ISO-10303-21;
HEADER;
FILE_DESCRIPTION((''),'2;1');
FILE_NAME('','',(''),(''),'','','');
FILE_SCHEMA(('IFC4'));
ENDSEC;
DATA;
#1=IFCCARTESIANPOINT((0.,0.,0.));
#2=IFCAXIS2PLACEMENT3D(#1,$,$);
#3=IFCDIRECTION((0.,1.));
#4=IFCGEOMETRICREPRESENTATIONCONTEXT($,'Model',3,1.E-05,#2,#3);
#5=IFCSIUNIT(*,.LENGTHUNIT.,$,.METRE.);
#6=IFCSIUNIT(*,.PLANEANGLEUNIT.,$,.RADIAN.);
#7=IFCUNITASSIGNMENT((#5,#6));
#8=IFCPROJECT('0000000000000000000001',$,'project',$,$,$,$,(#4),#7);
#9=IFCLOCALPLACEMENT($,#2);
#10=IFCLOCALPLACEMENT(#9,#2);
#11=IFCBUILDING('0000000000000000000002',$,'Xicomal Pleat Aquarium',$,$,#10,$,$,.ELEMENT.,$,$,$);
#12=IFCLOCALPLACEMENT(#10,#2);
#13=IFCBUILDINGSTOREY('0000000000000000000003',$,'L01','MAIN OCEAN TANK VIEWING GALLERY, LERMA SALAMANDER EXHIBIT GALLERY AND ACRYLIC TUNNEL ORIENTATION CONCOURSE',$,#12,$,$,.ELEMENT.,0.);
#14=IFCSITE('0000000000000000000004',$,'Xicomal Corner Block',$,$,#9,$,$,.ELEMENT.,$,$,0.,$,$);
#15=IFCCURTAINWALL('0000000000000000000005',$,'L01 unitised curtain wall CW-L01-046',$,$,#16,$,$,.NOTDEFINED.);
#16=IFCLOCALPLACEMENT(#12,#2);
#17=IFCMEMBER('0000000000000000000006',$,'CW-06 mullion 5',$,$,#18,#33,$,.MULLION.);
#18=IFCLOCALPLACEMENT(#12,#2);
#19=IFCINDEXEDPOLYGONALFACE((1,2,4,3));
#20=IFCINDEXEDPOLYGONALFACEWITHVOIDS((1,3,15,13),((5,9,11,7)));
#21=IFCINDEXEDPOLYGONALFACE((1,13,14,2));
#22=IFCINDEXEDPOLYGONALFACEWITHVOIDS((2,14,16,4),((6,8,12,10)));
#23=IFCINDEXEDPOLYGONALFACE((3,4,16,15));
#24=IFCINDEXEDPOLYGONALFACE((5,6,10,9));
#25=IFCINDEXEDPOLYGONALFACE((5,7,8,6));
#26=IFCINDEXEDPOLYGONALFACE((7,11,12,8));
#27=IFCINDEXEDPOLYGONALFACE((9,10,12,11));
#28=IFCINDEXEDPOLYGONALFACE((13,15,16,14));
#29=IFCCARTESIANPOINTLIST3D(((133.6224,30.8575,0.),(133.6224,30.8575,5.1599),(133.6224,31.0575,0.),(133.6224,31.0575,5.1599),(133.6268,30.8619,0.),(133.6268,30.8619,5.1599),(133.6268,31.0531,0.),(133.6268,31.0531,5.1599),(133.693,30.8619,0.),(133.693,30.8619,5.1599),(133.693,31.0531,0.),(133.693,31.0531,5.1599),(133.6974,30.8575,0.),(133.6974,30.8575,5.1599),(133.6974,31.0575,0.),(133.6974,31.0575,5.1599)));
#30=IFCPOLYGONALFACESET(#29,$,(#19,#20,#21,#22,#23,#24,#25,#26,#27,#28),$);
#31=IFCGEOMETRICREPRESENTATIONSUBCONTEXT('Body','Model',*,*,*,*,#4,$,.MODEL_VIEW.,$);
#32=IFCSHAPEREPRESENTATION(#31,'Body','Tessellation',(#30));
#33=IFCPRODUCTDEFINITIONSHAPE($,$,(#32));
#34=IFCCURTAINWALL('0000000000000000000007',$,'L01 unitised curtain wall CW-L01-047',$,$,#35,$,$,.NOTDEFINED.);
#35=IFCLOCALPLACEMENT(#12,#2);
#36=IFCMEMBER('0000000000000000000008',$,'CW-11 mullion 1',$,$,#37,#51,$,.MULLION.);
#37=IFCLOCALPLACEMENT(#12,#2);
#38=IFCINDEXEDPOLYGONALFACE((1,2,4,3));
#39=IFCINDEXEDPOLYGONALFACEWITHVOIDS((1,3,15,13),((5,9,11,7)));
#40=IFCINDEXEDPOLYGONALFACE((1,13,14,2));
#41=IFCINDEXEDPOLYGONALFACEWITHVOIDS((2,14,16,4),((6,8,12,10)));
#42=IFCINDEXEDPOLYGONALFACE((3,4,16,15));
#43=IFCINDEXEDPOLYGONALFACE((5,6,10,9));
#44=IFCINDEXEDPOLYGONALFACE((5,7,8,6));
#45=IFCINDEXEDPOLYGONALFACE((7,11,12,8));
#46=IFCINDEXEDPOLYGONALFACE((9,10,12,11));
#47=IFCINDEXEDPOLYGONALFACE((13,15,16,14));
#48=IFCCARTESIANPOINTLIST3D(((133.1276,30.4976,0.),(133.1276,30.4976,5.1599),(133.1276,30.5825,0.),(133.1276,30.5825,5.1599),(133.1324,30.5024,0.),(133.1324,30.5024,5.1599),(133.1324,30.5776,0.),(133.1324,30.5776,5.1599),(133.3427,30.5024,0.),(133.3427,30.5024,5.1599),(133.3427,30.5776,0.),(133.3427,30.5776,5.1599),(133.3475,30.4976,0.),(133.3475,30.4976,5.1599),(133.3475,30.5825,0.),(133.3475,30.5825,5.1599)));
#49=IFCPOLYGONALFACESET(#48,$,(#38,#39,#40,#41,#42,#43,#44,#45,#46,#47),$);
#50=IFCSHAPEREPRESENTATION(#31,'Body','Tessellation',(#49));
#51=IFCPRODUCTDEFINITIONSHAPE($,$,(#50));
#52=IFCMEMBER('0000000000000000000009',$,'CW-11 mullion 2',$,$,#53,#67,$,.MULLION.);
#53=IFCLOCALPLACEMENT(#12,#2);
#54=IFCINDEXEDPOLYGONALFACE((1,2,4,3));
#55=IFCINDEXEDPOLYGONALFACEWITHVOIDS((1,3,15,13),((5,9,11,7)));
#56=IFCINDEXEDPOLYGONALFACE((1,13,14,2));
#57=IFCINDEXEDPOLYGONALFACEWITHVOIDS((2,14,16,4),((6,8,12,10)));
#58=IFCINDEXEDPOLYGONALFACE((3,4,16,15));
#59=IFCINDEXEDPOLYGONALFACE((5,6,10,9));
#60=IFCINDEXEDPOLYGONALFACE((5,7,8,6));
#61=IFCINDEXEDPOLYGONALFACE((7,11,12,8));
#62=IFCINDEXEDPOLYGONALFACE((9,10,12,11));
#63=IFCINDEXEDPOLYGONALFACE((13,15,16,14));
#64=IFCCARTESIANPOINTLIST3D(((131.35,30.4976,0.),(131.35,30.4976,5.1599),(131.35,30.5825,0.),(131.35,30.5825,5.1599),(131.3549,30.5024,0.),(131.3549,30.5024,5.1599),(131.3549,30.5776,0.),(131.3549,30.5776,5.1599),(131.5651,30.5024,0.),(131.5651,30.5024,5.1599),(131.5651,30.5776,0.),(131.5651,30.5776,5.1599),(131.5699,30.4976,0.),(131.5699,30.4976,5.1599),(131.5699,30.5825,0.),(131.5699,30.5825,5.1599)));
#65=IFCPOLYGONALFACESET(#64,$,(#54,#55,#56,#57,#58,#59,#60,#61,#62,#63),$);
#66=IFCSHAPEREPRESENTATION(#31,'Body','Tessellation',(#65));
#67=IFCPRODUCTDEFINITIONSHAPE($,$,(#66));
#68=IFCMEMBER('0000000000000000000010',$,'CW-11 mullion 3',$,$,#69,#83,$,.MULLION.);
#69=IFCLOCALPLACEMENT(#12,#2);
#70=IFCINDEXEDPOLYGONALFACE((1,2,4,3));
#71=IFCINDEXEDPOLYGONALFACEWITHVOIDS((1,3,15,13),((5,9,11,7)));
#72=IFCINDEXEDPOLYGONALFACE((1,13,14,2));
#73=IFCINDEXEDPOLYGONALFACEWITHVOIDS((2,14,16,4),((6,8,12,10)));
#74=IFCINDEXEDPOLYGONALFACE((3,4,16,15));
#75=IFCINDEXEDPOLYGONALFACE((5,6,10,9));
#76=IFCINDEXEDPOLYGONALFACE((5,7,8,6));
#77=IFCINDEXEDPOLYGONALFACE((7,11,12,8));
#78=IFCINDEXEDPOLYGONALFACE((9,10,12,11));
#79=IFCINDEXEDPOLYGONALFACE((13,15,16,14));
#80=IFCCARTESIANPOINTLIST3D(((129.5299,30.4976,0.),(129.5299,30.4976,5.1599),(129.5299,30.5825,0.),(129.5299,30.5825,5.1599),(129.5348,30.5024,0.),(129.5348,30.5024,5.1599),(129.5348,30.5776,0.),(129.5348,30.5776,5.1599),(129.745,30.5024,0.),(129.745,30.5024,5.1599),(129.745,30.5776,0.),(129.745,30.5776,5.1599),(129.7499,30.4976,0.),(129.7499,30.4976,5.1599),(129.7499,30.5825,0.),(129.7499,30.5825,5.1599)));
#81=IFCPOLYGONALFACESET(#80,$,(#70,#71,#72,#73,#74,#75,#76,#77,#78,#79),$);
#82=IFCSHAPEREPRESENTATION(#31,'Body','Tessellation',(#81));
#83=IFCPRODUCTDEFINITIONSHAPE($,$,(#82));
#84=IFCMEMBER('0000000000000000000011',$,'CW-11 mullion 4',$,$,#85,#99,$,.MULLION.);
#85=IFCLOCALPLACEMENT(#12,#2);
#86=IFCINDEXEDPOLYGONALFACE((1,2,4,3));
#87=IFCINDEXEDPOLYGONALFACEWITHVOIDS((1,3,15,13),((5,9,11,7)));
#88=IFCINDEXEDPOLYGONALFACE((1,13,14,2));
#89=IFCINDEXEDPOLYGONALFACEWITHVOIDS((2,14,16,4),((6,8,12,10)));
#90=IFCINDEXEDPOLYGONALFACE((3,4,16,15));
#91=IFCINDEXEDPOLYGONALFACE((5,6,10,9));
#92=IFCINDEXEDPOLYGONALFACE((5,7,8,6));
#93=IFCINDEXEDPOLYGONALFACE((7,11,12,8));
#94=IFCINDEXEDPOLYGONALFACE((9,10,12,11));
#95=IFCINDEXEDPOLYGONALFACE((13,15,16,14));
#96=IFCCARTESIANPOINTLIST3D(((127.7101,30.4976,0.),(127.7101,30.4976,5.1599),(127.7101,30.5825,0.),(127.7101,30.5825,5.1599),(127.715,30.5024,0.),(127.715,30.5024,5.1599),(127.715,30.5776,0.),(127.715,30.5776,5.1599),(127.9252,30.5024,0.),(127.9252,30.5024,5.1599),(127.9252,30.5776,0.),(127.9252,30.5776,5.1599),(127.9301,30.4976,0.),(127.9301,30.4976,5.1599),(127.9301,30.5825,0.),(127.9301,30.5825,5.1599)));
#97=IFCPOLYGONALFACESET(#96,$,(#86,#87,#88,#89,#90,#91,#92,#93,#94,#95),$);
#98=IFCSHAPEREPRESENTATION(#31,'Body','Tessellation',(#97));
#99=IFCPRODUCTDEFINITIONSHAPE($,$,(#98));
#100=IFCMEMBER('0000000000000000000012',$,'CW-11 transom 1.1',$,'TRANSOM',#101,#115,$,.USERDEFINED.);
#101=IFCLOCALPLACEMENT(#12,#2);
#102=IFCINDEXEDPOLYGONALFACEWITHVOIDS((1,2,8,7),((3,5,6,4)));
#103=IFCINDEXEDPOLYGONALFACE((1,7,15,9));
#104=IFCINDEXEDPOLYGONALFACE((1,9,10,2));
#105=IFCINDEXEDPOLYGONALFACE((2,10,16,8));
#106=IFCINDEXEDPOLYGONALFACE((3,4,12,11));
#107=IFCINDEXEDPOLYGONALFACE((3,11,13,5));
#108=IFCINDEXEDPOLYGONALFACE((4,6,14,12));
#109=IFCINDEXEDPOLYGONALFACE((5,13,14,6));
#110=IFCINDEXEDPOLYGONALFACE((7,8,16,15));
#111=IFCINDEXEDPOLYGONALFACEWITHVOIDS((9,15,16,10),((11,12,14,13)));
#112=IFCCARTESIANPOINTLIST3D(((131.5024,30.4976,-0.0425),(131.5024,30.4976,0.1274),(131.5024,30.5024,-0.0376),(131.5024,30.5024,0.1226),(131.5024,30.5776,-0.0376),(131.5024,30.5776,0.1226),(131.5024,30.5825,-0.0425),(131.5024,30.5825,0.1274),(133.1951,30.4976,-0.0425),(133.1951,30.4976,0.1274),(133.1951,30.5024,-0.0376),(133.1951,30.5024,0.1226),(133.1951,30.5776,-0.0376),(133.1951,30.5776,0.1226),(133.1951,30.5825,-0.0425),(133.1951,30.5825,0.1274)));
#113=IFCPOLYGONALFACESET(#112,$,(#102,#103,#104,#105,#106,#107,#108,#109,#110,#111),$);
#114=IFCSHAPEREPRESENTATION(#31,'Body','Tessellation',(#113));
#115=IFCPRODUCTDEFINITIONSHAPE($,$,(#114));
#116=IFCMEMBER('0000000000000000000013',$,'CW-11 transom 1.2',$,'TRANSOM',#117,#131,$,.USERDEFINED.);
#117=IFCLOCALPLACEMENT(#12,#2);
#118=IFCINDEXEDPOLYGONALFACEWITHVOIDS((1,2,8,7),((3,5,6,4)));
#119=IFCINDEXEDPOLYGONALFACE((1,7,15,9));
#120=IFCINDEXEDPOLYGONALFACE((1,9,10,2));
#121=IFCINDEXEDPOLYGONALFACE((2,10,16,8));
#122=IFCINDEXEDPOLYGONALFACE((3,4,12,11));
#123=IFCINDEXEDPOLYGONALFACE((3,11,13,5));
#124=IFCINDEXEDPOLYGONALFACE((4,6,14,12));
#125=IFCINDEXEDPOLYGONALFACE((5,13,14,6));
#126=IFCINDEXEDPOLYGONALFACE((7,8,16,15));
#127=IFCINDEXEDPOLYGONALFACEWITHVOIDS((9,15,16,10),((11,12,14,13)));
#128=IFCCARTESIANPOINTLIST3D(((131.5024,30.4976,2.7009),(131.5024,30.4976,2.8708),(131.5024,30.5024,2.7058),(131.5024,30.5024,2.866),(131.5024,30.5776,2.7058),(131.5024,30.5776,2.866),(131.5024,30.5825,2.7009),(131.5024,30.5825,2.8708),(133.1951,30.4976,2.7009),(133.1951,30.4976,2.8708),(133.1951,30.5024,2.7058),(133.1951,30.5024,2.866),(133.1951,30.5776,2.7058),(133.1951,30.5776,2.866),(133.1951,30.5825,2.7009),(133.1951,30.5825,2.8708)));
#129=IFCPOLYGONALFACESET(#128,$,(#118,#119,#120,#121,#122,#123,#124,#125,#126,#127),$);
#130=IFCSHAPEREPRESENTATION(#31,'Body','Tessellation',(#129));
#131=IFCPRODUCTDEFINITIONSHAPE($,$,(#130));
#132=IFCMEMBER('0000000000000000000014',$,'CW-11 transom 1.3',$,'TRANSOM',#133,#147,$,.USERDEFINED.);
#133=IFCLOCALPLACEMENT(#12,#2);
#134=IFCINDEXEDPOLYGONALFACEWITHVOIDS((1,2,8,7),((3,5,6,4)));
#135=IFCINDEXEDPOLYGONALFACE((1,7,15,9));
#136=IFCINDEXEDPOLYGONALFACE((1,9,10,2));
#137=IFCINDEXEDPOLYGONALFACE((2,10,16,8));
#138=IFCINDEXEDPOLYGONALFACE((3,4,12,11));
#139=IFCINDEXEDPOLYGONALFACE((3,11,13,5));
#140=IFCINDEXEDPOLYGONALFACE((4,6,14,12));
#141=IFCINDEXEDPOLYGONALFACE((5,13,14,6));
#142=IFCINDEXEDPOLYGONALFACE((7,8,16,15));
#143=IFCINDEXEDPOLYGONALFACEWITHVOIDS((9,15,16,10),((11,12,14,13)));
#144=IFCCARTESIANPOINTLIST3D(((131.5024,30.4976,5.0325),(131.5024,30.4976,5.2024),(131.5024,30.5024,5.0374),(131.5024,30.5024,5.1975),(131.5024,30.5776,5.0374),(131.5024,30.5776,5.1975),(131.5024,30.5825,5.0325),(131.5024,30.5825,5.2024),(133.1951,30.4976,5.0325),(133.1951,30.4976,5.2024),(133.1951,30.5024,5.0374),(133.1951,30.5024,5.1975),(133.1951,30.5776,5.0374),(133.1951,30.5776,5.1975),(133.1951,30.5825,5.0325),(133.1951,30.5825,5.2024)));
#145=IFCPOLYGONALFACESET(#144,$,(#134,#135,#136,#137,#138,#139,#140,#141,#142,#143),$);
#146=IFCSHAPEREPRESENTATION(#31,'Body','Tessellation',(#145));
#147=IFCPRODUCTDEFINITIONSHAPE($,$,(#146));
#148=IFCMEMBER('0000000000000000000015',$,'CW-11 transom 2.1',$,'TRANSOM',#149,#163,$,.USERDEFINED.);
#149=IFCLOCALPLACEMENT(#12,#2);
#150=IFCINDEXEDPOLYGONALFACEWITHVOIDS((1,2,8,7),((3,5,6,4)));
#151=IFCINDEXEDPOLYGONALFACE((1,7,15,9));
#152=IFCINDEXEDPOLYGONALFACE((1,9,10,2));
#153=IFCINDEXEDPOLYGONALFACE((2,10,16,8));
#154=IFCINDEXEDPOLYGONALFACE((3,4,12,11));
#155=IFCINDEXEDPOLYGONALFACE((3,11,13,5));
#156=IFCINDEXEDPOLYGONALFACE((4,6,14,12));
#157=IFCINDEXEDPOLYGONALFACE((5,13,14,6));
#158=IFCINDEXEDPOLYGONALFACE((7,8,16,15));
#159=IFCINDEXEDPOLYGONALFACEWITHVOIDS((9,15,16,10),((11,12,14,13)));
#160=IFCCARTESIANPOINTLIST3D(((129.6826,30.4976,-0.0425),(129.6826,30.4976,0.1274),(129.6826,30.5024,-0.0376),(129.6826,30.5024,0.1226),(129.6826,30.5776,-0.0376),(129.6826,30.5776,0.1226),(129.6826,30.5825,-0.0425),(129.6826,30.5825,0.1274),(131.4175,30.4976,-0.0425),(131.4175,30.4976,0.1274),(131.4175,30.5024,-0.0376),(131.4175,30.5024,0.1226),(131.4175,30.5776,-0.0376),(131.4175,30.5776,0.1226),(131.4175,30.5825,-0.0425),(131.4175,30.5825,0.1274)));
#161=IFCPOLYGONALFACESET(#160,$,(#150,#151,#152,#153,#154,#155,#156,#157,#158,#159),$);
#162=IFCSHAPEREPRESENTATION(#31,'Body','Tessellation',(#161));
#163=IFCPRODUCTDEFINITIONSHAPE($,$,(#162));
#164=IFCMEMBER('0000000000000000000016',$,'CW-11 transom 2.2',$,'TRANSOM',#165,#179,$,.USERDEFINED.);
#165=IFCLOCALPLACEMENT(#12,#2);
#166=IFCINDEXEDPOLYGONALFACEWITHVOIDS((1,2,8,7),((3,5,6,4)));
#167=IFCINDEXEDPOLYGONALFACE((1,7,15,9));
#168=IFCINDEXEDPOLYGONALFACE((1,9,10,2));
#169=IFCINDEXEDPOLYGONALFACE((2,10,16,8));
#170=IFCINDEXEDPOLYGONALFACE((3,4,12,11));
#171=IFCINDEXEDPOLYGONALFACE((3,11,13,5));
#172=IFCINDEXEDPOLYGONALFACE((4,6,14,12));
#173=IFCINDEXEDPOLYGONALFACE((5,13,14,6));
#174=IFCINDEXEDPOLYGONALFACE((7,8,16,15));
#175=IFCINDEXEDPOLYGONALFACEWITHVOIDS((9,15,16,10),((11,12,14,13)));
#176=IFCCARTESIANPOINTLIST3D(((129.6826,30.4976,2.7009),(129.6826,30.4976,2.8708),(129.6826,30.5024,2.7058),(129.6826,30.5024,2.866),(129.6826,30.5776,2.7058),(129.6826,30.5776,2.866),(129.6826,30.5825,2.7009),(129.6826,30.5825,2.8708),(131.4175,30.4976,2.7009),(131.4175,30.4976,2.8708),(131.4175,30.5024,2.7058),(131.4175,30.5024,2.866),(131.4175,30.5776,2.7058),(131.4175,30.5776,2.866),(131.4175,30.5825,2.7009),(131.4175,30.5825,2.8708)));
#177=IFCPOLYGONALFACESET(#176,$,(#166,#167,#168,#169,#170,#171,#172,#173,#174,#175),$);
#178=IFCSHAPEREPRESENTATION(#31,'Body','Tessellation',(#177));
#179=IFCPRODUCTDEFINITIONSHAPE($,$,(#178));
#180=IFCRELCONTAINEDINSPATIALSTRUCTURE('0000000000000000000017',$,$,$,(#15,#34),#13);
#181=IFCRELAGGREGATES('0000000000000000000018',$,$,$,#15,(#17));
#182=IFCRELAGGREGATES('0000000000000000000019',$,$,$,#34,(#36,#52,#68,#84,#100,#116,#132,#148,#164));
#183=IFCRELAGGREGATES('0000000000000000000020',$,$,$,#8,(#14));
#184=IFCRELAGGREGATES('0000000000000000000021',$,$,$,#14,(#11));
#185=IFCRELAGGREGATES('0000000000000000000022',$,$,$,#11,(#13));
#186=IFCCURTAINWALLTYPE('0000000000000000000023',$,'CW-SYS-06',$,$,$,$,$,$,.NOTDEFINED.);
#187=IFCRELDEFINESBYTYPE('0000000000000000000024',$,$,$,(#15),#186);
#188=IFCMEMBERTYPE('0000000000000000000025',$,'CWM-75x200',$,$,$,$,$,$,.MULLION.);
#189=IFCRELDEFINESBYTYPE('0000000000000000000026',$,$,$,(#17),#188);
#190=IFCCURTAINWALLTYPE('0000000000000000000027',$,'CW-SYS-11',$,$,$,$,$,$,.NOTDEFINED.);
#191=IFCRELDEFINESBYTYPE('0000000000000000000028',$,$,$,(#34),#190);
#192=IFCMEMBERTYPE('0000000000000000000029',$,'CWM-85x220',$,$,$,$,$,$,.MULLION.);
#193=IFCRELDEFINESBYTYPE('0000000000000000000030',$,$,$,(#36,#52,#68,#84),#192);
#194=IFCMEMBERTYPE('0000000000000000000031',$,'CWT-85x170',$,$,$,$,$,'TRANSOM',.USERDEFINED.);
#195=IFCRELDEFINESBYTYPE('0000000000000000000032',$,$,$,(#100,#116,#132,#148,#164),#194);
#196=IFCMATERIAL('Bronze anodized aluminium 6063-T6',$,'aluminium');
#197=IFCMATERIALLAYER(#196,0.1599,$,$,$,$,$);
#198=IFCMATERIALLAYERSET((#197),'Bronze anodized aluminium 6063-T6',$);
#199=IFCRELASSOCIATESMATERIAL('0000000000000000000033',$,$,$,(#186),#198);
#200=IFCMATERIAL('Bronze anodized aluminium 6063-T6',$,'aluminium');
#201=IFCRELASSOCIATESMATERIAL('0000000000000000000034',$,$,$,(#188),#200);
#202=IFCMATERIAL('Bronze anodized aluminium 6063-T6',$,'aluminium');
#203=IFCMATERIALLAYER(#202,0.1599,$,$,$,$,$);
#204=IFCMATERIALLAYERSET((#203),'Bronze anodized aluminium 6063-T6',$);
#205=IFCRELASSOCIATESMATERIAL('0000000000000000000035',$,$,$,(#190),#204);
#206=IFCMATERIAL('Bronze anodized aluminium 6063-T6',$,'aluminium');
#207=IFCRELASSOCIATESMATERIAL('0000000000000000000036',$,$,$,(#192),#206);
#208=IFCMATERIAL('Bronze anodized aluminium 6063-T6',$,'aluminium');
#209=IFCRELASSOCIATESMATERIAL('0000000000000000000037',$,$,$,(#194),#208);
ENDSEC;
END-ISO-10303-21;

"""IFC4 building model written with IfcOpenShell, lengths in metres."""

from ifc_helpers import new_model, si_unit, direction, frame, origin, origin_2d, place, context, subcontext, project, spatial, hollow_rectangle, extrude, material, layer, layer_set, material_profile, profile_set, type_object, element, aggregate, save


model = new_model("IFC4")

# Units and contexts
model_context = context("Model", 3, precision=1e-05, world=origin(), true_north=direction((0.0, 1.0)))
body_context = subcontext(model_context, "Body", "Model", "MODEL_VIEW")
ifc_project = project(units=[si_unit("LENGTHUNIT", "METRE"), si_unit("PLANEANGLEUNIT", "RADIAN")], contexts=[model_context])

# Site, building, storey
site_placement = place(None, origin())
site = spatial("IfcSite", under=ifc_project, at=site_placement, Name="Xicomal Corner Block", CompositionType="ELEMENT", RefElevation=0.0)
building_placement = place(site_placement, origin())
building = spatial("IfcBuilding", under=site, at=building_placement, Name="Xicomal Pleat Aquarium", CompositionType="ELEMENT")
storey_placement = place(building_placement, origin())
storey = spatial("IfcBuildingStorey", under=building, at=storey_placement, Name="L01", Description="MAIN OCEAN TANK VIEWING GALLERY, LERMA SALAMANDER EXHIBIT GALLERY AND ACRYLIC TUNNEL ORIENTATION CONCOURSE", CompositionType="ELEMENT", Elevation=0.0)

# Curtain wall, member
ifc_material_1 = material(Name="Bronze anodized aluminium 6063-T6", Category="aluminium")
ifc_layer_1 = layer(ifc_material_1, 0.1599)
ifc_layer_set_1 = layer_set([ifc_layer_1], Name="Bronze anodized aluminium 6063-T6")
curtain_wall_type_1 = type_object("IfcCurtainWallType", Name="CW-SYS-06", PredefinedType="NOTDEFINED", material=ifc_layer_set_1)
curtain_wall_1_placement = place(storey_placement, origin())
curtain_wall_1 = element("IfcCurtainWall", 1, at=curtain_wall_1_placement, inside=storey, type_object=curtain_wall_type_1, Name="L01 unitised curtain wall CW-L01-046", PredefinedType="NOTDEFINED")
ifc_material_2 = material(Name="Bronze anodized aluminium 6063-T6", Category="aluminium")
ifc_material_profile_1 = material_profile(ifc_material_2, hollow_rectangle(XDim=0.075, YDim=0.2, WallThickness=0.0044, at=origin_2d()), Name="ALU MULL 75x200")
ifc_profile_set_1 = profile_set([ifc_material_profile_1], Name="Bronze anodized aluminium 6063-T6")
member_type_1 = type_object("IfcMemberType", Name="CWM-75x200", PredefinedType="MULLION", material=ifc_profile_set_1)
member_1_placement = place(storey_placement, frame((133.6599, 30.9575, 0.0), z_axis=(0.0, 0.0, 1.0), x_axis=(1.0, 0.0, 0.0)))
member_1 = element("IfcMember", 2, at=member_1_placement, type_object=member_type_1, Name="CW-06 mullion 5", PredefinedType="MULLION", context=body_context, shape_type="SweptSolid", body=[
    extrude(hollow_rectangle(XDim=0.075, YDim=0.2, WallThickness=0.0044, at=origin_2d()), origin(), (0.0, 0.0, 1.0), 5.1599),
])

# Curtain wall, members
ifc_material_3 = material(Name="Bronze anodized aluminium 6063-T6", Category="aluminium")
ifc_layer_2 = layer(ifc_material_3, 0.1599)
ifc_layer_set_2 = layer_set([ifc_layer_2], Name="Bronze anodized aluminium 6063-T6")
curtain_wall_type_2 = type_object("IfcCurtainWallType", Name="CW-SYS-11", PredefinedType="NOTDEFINED", material=ifc_layer_set_2)
curtain_wall_2_placement = place(storey_placement, origin())
curtain_wall_2 = element("IfcCurtainWall", 3, at=curtain_wall_2_placement, inside=storey, type_object=curtain_wall_type_2, Name="L01 unitised curtain wall CW-L01-047", PredefinedType="NOTDEFINED")
ifc_material_4 = material(Name="Bronze anodized aluminium 6063-T6", Category="aluminium")
ifc_material_profile_2 = material_profile(ifc_material_4, hollow_rectangle(XDim=0.085, YDim=0.22, WallThickness=0.0049, at=origin_2d()), Name="ALU MULL 85x220")
ifc_profile_set_2 = profile_set([ifc_material_profile_2], Name="Bronze anodized aluminium 6063-T6")
member_type_2 = type_object("IfcMemberType", Name="CWM-85x220", PredefinedType="MULLION", material=ifc_profile_set_2)
member_2_placement = place(storey_placement, frame((133.2375, 30.54, 0.0), z_axis=(0.0, 0.0, 1.0), x_axis=(0.0, -1.0, 0.0)))
member_2 = element("IfcMember", 4, at=member_2_placement, type_object=member_type_2, Name="CW-11 mullion 1", PredefinedType="MULLION", context=body_context, shape_type="SweptSolid", body=[
    extrude(hollow_rectangle(XDim=0.085, YDim=0.22, WallThickness=0.0049, at=origin_2d()), origin(), (0.0, 0.0, 1.0), 5.1599),
])
member_3_placement = place(storey_placement, frame((131.46, 30.54, 0.0), z_axis=(0.0, 0.0, 1.0), x_axis=(0.0, -1.0, 0.0)))
member_3 = element("IfcMember", 5, at=member_3_placement, type_object=member_type_2, Name="CW-11 mullion 2", PredefinedType="MULLION", context=body_context, shape_type="SweptSolid", body=[
    extrude(hollow_rectangle(XDim=0.085, YDim=0.22, WallThickness=0.0049, at=origin_2d()), origin(), (0.0, 0.0, 1.0), 5.1599),
])
member_4_placement = place(storey_placement, frame((129.6399, 30.54, 0.0), z_axis=(0.0, 0.0, 1.0), x_axis=(0.0, -1.0, 0.0)))
member_4 = element("IfcMember", 6, at=member_4_placement, type_object=member_type_2, Name="CW-11 mullion 3", PredefinedType="MULLION", context=body_context, shape_type="SweptSolid", body=[
    extrude(hollow_rectangle(XDim=0.085, YDim=0.22, WallThickness=0.0049, at=origin_2d()), origin(), (0.0, 0.0, 1.0), 5.1599),
])
member_5_placement = place(storey_placement, frame((127.8201, 30.54, 0.0), z_axis=(0.0, 0.0, 1.0), x_axis=(0.0, -1.0, 0.0)))
member_5 = element("IfcMember", 7, at=member_5_placement, type_object=member_type_2, Name="CW-11 mullion 4", PredefinedType="MULLION", context=body_context, shape_type="SweptSolid", body=[
    extrude(hollow_rectangle(XDim=0.085, YDim=0.22, WallThickness=0.0049, at=origin_2d()), origin(), (0.0, 0.0, 1.0), 5.1599),
])
ifc_material_5 = material(Name="Bronze anodized aluminium 6063-T6", Category="aluminium")
ifc_material_profile_3 = material_profile(ifc_material_5, hollow_rectangle(XDim=0.085, YDim=0.1699, WallThickness=0.0049, at=origin_2d()), Name="ALU TRAN 85x170")
ifc_profile_set_3 = profile_set([ifc_material_profile_3], Name="Bronze anodized aluminium 6063-T6")
member_type_3 = type_object("IfcMemberType", Name="CWT-85x170", ElementType="TRANSOM", PredefinedType="USERDEFINED", material=ifc_profile_set_3)
member_6_placement = place(storey_placement, frame((133.1951, 30.54, 0.0425), z_axis=(-1.0, 0.0, 0.0), x_axis=(0.0, -1.0, 0.0)))
member_6 = element("IfcMember", 8, at=member_6_placement, type_object=member_type_3, Name="CW-11 transom 1.1", ObjectType="TRANSOM", PredefinedType="USERDEFINED", context=body_context, shape_type="SweptSolid", body=[
    extrude(hollow_rectangle(XDim=0.085, YDim=0.1699, WallThickness=0.0049, at=origin_2d()), origin(), (0.0, 0.0, 1.0), 1.6926),
])
member_7_placement = place(storey_placement, frame((133.1951, 30.54, 2.7859), z_axis=(-1.0, 0.0, 0.0), x_axis=(0.0, -1.0, 0.0)))
member_7 = element("IfcMember", 9, at=member_7_placement, type_object=member_type_3, Name="CW-11 transom 1.2", ObjectType="TRANSOM", PredefinedType="USERDEFINED", context=body_context, shape_type="SweptSolid", body=[
    extrude(hollow_rectangle(XDim=0.085, YDim=0.1699, WallThickness=0.0049, at=origin_2d()), origin(), (0.0, 0.0, 1.0), 1.6926),
])
member_8_placement = place(storey_placement, frame((133.1951, 30.54, 5.1174), z_axis=(-1.0, 0.0, 0.0), x_axis=(0.0, -1.0, 0.0)))
member_8 = element("IfcMember", 10, at=member_8_placement, type_object=member_type_3, Name="CW-11 transom 1.3", ObjectType="TRANSOM", PredefinedType="USERDEFINED", context=body_context, shape_type="SweptSolid", body=[
    extrude(hollow_rectangle(XDim=0.085, YDim=0.1699, WallThickness=0.0049, at=origin_2d()), origin(), (0.0, 0.0, 1.0), 1.6926),
])
member_9_placement = place(storey_placement, frame((131.4175, 30.54, 0.0425), z_axis=(-1.0, 0.0, 0.0), x_axis=(0.0, -1.0, 0.0)))
member_9 = element("IfcMember", 11, at=member_9_placement, type_object=member_type_3, Name="CW-11 transom 2.1", ObjectType="TRANSOM", PredefinedType="USERDEFINED", context=body_context, shape_type="SweptSolid", body=[
    extrude(hollow_rectangle(XDim=0.085, YDim=0.1699, WallThickness=0.0049, at=origin_2d()), origin(), (0.0, 0.0, 1.0), 1.7349),
])
member_10_placement = place(storey_placement, frame((131.4175, 30.54, 2.7859), z_axis=(-1.0, 0.0, 0.0), x_axis=(0.0, -1.0, 0.0)))
member_10 = element("IfcMember", 12, at=member_10_placement, type_object=member_type_3, Name="CW-11 transom 2.2", ObjectType="TRANSOM", PredefinedType="USERDEFINED", context=body_context, shape_type="SweptSolid", body=[
    extrude(hollow_rectangle(XDim=0.085, YDim=0.1699, WallThickness=0.0049, at=origin_2d()), origin(), (0.0, 0.0, 1.0), 1.7349),
])

aggregate(curtain_wall_1, [member_1])
aggregate(curtain_wall_2, [member_2, member_3, member_4, member_5, member_6, member_7, member_8, member_9, member_10])

save(model, "model.ifc")
